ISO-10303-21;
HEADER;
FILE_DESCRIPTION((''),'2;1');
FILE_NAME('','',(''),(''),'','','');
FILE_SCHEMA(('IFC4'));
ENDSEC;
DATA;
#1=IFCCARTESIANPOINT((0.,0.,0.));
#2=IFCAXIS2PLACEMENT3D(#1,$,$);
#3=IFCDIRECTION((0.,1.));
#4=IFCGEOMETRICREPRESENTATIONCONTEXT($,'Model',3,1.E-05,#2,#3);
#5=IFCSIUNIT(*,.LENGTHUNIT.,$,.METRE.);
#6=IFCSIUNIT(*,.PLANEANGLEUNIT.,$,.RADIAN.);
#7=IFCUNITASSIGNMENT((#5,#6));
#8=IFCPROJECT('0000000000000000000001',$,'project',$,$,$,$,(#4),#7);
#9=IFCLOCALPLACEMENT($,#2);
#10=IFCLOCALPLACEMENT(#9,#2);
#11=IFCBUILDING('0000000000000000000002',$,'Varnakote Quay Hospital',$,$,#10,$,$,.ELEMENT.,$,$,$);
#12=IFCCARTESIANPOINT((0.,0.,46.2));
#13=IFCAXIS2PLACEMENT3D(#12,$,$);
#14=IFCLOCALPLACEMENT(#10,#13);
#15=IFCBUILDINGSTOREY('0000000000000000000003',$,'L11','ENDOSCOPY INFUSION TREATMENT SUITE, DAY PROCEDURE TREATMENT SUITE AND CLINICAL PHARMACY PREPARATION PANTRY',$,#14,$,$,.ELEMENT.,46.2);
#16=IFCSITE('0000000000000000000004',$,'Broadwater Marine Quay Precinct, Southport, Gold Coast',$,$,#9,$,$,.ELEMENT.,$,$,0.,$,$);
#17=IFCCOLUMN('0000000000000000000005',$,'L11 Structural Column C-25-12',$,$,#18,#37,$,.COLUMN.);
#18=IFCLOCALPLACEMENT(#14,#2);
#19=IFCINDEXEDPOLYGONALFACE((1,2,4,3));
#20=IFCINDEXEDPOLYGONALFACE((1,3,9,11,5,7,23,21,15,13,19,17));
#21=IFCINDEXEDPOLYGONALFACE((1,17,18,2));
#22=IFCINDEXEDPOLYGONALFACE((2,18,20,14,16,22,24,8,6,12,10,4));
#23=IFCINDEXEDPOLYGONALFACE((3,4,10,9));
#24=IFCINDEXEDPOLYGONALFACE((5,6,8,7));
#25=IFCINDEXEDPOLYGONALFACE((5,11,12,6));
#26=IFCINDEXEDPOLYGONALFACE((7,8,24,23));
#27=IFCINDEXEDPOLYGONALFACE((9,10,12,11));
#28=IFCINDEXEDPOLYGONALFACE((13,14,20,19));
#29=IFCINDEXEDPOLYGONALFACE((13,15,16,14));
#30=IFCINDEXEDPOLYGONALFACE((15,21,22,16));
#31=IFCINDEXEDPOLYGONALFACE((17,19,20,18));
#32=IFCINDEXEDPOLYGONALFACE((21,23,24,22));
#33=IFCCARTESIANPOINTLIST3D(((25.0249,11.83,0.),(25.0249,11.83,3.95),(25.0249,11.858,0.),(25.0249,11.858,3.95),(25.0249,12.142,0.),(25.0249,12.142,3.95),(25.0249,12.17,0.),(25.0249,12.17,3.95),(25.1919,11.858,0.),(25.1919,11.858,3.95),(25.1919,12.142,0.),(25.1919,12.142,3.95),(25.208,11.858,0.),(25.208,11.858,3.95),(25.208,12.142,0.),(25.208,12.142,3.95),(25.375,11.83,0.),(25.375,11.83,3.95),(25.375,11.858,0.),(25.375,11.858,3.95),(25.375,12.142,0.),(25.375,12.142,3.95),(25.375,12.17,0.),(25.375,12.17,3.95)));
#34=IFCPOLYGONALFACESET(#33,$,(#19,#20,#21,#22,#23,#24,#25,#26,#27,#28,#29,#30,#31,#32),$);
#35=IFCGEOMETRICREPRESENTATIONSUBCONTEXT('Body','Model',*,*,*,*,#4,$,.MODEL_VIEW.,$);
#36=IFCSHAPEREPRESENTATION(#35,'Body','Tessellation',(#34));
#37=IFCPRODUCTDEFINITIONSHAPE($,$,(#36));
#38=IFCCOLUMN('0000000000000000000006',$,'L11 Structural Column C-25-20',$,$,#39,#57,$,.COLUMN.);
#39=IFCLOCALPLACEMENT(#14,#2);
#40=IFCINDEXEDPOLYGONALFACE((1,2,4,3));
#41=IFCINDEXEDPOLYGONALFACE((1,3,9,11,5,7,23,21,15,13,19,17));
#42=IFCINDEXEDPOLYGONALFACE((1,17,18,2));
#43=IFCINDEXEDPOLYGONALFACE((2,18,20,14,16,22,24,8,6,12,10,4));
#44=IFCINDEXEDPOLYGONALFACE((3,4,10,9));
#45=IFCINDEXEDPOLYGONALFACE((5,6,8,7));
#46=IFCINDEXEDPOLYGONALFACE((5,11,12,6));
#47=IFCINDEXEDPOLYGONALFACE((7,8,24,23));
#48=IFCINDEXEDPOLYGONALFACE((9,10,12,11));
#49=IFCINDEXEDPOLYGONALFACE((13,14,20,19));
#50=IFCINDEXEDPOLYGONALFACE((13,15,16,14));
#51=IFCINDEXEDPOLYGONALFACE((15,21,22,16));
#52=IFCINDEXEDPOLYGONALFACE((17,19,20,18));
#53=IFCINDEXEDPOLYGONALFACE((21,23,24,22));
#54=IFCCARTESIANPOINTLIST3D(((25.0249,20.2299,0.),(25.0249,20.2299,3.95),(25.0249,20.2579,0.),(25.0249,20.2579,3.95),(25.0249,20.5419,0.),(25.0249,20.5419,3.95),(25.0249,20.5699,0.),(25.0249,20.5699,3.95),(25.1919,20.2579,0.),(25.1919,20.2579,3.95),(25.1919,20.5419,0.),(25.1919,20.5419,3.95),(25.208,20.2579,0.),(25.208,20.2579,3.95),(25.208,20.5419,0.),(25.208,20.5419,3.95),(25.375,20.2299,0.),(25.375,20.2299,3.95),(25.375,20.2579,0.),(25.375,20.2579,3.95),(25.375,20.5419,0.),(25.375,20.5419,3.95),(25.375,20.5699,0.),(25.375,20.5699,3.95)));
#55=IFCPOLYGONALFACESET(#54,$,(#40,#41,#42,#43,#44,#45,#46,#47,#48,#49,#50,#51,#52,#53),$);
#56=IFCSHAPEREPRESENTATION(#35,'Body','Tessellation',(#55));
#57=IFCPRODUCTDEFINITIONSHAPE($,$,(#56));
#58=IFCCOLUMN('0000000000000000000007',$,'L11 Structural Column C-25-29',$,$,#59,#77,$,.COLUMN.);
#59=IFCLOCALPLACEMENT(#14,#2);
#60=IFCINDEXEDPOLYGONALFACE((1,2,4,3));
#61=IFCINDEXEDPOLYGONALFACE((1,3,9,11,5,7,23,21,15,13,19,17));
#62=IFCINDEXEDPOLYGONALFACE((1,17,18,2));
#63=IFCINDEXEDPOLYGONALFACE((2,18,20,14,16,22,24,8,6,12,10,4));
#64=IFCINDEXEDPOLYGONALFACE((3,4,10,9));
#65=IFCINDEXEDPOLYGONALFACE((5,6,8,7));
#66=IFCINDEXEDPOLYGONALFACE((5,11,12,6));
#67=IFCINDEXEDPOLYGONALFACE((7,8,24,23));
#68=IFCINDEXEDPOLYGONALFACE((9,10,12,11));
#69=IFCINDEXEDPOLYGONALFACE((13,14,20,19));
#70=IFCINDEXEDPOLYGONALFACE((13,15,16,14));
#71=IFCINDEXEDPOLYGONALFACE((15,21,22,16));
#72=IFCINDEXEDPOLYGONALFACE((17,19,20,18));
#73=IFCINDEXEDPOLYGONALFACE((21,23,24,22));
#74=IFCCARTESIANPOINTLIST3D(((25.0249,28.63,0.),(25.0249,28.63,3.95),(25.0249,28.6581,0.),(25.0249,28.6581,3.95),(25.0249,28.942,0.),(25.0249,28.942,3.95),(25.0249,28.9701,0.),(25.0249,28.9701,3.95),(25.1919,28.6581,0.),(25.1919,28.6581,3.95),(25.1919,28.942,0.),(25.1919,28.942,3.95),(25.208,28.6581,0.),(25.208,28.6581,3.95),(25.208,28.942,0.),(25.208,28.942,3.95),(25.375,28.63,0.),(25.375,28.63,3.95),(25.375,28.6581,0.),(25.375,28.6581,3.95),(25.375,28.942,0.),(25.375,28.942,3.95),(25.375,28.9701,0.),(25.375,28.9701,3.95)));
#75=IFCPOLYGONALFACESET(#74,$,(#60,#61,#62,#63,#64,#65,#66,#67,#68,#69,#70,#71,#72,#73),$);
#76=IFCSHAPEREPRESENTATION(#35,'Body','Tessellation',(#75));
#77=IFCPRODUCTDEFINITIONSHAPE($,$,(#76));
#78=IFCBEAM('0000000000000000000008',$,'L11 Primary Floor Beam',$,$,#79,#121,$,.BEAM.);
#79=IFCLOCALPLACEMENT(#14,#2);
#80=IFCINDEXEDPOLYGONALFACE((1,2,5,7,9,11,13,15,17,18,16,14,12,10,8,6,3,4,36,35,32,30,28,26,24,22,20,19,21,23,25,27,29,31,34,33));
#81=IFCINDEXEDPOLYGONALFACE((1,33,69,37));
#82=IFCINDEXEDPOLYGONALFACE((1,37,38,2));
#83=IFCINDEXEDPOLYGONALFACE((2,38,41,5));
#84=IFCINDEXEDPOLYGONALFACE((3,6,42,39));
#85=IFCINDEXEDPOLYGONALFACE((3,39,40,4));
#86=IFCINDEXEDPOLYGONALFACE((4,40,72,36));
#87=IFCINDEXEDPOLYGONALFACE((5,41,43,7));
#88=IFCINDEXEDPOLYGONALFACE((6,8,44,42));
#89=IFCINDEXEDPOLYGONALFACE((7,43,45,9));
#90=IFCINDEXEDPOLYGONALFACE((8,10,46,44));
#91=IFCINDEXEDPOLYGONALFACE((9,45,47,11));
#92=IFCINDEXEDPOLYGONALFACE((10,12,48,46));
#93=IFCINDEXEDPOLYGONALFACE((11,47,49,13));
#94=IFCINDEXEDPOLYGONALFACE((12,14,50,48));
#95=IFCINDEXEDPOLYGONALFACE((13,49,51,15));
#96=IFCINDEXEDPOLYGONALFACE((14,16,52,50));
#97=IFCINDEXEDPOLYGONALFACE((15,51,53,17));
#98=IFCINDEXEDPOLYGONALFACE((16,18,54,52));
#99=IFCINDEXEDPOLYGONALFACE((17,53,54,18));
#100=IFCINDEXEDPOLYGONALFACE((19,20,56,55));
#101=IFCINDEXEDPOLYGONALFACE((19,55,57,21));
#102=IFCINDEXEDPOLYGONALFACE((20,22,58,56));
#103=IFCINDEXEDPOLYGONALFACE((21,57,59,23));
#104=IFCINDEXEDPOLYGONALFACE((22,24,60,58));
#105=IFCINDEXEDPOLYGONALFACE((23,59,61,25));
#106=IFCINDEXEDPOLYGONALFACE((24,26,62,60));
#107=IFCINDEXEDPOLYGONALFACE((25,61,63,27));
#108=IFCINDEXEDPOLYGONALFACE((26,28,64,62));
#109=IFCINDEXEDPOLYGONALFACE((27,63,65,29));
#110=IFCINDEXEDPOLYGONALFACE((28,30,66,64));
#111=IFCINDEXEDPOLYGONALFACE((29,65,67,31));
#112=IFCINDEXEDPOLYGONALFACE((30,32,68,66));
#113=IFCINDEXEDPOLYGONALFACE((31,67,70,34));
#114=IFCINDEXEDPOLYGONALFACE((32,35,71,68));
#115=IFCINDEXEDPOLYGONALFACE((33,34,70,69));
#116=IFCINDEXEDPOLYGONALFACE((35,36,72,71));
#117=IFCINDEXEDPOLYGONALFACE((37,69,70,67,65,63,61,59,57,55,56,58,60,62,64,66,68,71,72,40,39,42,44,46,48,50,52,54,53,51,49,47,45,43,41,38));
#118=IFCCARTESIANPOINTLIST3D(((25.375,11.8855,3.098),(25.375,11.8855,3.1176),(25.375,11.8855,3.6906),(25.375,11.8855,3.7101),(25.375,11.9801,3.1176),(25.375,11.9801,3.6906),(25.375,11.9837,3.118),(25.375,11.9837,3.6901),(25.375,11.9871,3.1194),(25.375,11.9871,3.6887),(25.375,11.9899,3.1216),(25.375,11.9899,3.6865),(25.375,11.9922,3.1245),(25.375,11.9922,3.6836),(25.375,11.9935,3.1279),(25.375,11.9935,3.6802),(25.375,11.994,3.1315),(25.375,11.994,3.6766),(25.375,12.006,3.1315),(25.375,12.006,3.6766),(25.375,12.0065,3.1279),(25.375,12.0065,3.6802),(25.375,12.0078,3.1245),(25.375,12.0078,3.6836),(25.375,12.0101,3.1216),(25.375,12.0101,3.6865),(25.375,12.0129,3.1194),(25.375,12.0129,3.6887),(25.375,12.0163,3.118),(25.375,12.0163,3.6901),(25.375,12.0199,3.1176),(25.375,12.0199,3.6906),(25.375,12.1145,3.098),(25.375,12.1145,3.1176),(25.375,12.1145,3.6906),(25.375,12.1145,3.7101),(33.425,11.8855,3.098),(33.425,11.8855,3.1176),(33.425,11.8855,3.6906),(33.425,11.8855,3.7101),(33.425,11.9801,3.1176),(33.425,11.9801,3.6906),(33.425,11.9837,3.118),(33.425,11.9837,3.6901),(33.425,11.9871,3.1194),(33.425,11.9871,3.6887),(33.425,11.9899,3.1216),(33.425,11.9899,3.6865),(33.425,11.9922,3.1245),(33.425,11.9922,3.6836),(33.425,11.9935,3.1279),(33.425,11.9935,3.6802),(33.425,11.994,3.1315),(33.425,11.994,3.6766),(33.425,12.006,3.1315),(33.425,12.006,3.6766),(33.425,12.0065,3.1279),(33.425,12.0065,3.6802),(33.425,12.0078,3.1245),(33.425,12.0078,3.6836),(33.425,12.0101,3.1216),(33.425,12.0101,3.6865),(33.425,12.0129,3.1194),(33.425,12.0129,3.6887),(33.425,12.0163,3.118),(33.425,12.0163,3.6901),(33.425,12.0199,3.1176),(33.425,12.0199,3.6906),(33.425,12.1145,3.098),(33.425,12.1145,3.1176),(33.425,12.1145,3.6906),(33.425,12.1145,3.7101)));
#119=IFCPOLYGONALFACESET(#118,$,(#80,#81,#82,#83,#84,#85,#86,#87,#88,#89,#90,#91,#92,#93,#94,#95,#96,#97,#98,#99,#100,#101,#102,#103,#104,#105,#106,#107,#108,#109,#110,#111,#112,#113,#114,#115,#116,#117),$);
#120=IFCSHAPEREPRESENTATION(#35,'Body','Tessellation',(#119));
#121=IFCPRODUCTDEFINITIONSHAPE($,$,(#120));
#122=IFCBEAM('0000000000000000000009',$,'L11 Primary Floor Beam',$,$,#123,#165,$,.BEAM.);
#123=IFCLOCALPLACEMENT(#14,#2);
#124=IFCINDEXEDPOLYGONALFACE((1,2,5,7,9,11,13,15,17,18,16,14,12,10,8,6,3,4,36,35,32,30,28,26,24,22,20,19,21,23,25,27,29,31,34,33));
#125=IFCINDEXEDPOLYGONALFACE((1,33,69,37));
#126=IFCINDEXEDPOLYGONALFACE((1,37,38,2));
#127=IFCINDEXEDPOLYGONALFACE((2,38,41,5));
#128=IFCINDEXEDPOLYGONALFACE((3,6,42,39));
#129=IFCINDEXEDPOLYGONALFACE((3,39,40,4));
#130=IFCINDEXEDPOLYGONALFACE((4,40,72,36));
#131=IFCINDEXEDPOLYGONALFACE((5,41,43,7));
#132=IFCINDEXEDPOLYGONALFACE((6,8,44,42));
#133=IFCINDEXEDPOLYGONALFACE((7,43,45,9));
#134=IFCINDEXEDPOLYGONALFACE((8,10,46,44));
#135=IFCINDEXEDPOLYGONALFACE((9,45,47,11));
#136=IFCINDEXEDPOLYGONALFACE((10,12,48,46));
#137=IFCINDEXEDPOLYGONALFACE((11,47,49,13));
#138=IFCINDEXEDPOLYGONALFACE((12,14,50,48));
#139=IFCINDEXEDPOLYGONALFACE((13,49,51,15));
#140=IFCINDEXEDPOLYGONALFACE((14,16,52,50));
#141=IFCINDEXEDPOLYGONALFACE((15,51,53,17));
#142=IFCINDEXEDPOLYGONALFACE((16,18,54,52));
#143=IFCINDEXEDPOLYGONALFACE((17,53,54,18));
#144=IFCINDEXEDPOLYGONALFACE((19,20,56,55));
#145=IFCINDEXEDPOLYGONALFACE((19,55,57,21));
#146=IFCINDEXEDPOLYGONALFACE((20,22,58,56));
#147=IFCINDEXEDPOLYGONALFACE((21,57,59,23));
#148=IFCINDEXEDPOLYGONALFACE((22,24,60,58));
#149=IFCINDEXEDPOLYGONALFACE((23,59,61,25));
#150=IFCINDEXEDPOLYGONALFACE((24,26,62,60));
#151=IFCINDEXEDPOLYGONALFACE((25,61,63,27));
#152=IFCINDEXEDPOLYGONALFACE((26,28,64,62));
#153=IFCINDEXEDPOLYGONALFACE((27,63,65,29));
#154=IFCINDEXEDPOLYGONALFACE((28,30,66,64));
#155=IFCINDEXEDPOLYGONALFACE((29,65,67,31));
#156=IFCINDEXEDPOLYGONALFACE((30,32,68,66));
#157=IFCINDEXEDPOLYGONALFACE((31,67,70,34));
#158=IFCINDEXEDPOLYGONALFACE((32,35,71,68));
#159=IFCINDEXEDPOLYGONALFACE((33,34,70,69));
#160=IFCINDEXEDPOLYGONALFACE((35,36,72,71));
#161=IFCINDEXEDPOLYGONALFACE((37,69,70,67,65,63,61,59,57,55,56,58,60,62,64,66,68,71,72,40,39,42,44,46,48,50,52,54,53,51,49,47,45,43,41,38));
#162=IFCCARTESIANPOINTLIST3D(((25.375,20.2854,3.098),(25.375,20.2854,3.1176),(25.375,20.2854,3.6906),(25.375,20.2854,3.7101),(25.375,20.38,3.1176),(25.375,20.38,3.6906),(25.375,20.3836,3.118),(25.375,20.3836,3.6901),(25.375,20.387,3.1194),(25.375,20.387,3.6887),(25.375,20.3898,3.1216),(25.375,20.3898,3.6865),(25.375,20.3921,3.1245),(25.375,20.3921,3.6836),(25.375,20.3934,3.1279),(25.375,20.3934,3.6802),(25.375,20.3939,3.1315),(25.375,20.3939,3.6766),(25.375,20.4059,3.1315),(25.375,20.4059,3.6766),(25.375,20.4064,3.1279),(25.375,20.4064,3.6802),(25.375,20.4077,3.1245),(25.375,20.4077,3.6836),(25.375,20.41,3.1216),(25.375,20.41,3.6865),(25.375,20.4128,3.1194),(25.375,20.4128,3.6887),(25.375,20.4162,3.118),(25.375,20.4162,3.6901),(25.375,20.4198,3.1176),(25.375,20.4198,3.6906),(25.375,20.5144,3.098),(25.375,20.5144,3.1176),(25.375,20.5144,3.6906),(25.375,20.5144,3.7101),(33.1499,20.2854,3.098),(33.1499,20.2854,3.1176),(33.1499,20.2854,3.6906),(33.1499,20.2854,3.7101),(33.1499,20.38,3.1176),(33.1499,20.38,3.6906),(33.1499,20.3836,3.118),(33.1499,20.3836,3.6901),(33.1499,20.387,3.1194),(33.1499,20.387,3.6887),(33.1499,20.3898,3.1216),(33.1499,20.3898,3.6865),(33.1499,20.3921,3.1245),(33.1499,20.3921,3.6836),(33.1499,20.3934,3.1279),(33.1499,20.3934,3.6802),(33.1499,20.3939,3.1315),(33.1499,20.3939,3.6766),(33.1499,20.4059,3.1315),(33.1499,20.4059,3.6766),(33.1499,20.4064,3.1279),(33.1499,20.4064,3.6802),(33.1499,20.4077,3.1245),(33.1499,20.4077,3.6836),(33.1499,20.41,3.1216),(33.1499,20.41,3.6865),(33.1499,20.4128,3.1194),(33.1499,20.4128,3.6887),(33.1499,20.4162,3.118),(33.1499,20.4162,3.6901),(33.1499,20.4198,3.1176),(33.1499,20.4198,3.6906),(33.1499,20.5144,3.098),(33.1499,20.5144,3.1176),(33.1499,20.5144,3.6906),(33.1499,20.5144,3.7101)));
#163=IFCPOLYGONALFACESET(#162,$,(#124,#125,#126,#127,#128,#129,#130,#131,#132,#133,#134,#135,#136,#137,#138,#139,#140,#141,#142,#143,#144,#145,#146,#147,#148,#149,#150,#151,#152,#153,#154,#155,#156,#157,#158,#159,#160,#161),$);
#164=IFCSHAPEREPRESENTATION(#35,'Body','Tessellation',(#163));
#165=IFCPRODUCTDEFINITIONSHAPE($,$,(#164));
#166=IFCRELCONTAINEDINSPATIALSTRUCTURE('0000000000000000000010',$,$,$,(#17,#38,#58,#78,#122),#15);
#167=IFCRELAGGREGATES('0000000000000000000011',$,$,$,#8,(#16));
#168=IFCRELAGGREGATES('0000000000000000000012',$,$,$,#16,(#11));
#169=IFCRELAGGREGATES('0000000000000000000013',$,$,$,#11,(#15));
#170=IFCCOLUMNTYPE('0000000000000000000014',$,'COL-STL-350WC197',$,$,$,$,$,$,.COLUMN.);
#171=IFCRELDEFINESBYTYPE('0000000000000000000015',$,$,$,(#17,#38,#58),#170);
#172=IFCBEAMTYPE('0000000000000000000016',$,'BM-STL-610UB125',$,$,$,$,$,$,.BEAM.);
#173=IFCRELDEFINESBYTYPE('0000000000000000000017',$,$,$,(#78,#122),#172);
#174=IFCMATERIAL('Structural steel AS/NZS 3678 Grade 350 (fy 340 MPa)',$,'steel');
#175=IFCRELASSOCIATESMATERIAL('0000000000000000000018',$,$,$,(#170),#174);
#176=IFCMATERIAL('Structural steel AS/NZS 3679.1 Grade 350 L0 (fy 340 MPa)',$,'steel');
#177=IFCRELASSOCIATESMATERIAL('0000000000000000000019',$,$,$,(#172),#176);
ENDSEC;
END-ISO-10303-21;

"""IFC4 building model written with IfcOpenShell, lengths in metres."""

from ifc_helpers import new_model, si_unit, direction, frame, origin, origin_2d, place, context, subcontext, project, spatial, i_section, extrude, material, material_profile, profile_set, type_object, element, save


model = new_model("IFC4")

# Units and contexts
model_context = context("Model", 3, precision=1e-05, world=origin(), true_north=direction((0.0, 1.0)))
body_context = subcontext(model_context, "Body", "Model", "MODEL_VIEW")
ifc_project = project(units=[si_unit("LENGTHUNIT", "METRE"), si_unit("PLANEANGLEUNIT", "RADIAN")], contexts=[model_context])

# Site, building, storey
site_placement = place(None, origin())
site = spatial("IfcSite", under=ifc_project, at=site_placement, Name="Broadwater Marine Quay Precinct, Southport, Gold Coast", CompositionType="ELEMENT", RefElevation=0.0)
building_placement = place(site_placement, origin())
building = spatial("IfcBuilding", under=site, at=building_placement, Name="Varnakote Quay Hospital", CompositionType="ELEMENT")
storey_placement = place(building_placement, frame((0.0, 0.0, 46.2)))
storey = spatial("IfcBuildingStorey", under=building, at=storey_placement, Name="L11", Description="ENDOSCOPY INFUSION TREATMENT SUITE, DAY PROCEDURE TREATMENT SUITE AND CLINICAL PHARMACY PREPARATION PANTRY", CompositionType="ELEMENT", Elevation=46.2)

# Columns
ifc_material_1 = material(Name="Structural steel AS/NZS 3678 Grade 350 (fy 340 MPa)", Category="steel")
ifc_material_profile_1 = material_profile(ifc_material_1, i_section(OverallWidth=0.3501, OverallDepth=0.3401, WebThickness=0.0161, FlangeThickness=0.0281, at=origin_2d()), Name="350WC197")
ifc_profile_set_1 = profile_set([ifc_material_profile_1], Name="Structural steel AS/NZS 3678 Grade 350 (fy 340 MPa)")
column_type = type_object("IfcColumnType", Name="COL-STL-350WC197", PredefinedType="COLUMN", material=ifc_profile_set_1)
for number, where, z_axis, x_axis, name in (
    (1, (25.2, 12.0, 0.0), (0.0, 0.0, 1.0), (1.0, 0.0, 0.0), "L11 Structural Column C-25-12"),
    (2, (25.2, 20.3999, 0.0), (0.0, 0.0, 1.0), (1.0, 0.0, 0.0), "L11 Structural Column C-25-20"),
    (3, (25.2, 28.8, 0.0), (0.0, 0.0, 1.0), (1.0, 0.0, 0.0), "L11 Structural Column C-25-29"),
):
    element("IfcColumn", number, at=place(storey_placement, frame(where, z_axis=z_axis, x_axis=x_axis)), inside=storey, type_object=column_type, Name=name, PredefinedType="COLUMN", context=body_context, shape_type="SweptSolid", body=[
        extrude(i_section(OverallWidth=0.3501, OverallDepth=0.3401, WebThickness=0.0161, FlangeThickness=0.0281, at=origin_2d()), origin(), (0.0, 0.0, 1.0), 3.95),
    ])

# Beams
ifc_material_2 = material(Name="Structural steel AS/NZS 3679.1 Grade 350 L0 (fy 340 MPa)", Category="steel")
ifc_material_profile_2 = material_profile(ifc_material_2, i_section(OverallWidth=0.229, OverallDepth=0.6121, WebThickness=0.012, FlangeThickness=0.0195, FilletRadius=0.0139, at=origin_2d()), Name="610UB125")
ifc_profile_set_2 = profile_set([ifc_material_profile_2], Name="Structural steel AS/NZS 3679.1 Grade 350 L0 (fy 340 MPa)")
beam_type_1 = type_object("IfcBeamType", Name="BM-STL-610UB125", PredefinedType="BEAM", material=ifc_profile_set_2)
beam_1_placement = place(storey_placement, frame((25.375, 12.0, 3.4041), z_axis=(1.0, 0.0, 0.0), x_axis=(0.0, 1.0, 0.0)))
element("IfcBeam", 4, at=beam_1_placement, inside=storey, type_object=beam_type_1, Name="L11 Primary Floor Beam", PredefinedType="BEAM", context=body_context, shape_type="SweptSolid", body=[
    extrude(i_section(OverallWidth=0.229, OverallDepth=0.6121, WebThickness=0.012, FlangeThickness=0.0195, FilletRadius=0.0139, at=origin_2d()), origin(), (0.0, 0.0, 1.0), 8.05),
])
beam_2_placement = place(storey_placement, frame((25.375, 20.3999, 3.4041), z_axis=(1.0, 0.0, 0.0), x_axis=(0.0, 1.0, 0.0)))
element("IfcBeam", 5, at=beam_2_placement, inside=storey, type_object=beam_type_1, Name="L11 Primary Floor Beam", PredefinedType="BEAM", context=body_context, shape_type="SweptSolid", body=[
    extrude(i_section(OverallWidth=0.229, OverallDepth=0.6121, WebThickness=0.012, FlangeThickness=0.0195, FilletRadius=0.0139, at=origin_2d()), origin(), (0.0, 0.0, 1.0), 7.7749),
])

save(model, "model.ifc")
